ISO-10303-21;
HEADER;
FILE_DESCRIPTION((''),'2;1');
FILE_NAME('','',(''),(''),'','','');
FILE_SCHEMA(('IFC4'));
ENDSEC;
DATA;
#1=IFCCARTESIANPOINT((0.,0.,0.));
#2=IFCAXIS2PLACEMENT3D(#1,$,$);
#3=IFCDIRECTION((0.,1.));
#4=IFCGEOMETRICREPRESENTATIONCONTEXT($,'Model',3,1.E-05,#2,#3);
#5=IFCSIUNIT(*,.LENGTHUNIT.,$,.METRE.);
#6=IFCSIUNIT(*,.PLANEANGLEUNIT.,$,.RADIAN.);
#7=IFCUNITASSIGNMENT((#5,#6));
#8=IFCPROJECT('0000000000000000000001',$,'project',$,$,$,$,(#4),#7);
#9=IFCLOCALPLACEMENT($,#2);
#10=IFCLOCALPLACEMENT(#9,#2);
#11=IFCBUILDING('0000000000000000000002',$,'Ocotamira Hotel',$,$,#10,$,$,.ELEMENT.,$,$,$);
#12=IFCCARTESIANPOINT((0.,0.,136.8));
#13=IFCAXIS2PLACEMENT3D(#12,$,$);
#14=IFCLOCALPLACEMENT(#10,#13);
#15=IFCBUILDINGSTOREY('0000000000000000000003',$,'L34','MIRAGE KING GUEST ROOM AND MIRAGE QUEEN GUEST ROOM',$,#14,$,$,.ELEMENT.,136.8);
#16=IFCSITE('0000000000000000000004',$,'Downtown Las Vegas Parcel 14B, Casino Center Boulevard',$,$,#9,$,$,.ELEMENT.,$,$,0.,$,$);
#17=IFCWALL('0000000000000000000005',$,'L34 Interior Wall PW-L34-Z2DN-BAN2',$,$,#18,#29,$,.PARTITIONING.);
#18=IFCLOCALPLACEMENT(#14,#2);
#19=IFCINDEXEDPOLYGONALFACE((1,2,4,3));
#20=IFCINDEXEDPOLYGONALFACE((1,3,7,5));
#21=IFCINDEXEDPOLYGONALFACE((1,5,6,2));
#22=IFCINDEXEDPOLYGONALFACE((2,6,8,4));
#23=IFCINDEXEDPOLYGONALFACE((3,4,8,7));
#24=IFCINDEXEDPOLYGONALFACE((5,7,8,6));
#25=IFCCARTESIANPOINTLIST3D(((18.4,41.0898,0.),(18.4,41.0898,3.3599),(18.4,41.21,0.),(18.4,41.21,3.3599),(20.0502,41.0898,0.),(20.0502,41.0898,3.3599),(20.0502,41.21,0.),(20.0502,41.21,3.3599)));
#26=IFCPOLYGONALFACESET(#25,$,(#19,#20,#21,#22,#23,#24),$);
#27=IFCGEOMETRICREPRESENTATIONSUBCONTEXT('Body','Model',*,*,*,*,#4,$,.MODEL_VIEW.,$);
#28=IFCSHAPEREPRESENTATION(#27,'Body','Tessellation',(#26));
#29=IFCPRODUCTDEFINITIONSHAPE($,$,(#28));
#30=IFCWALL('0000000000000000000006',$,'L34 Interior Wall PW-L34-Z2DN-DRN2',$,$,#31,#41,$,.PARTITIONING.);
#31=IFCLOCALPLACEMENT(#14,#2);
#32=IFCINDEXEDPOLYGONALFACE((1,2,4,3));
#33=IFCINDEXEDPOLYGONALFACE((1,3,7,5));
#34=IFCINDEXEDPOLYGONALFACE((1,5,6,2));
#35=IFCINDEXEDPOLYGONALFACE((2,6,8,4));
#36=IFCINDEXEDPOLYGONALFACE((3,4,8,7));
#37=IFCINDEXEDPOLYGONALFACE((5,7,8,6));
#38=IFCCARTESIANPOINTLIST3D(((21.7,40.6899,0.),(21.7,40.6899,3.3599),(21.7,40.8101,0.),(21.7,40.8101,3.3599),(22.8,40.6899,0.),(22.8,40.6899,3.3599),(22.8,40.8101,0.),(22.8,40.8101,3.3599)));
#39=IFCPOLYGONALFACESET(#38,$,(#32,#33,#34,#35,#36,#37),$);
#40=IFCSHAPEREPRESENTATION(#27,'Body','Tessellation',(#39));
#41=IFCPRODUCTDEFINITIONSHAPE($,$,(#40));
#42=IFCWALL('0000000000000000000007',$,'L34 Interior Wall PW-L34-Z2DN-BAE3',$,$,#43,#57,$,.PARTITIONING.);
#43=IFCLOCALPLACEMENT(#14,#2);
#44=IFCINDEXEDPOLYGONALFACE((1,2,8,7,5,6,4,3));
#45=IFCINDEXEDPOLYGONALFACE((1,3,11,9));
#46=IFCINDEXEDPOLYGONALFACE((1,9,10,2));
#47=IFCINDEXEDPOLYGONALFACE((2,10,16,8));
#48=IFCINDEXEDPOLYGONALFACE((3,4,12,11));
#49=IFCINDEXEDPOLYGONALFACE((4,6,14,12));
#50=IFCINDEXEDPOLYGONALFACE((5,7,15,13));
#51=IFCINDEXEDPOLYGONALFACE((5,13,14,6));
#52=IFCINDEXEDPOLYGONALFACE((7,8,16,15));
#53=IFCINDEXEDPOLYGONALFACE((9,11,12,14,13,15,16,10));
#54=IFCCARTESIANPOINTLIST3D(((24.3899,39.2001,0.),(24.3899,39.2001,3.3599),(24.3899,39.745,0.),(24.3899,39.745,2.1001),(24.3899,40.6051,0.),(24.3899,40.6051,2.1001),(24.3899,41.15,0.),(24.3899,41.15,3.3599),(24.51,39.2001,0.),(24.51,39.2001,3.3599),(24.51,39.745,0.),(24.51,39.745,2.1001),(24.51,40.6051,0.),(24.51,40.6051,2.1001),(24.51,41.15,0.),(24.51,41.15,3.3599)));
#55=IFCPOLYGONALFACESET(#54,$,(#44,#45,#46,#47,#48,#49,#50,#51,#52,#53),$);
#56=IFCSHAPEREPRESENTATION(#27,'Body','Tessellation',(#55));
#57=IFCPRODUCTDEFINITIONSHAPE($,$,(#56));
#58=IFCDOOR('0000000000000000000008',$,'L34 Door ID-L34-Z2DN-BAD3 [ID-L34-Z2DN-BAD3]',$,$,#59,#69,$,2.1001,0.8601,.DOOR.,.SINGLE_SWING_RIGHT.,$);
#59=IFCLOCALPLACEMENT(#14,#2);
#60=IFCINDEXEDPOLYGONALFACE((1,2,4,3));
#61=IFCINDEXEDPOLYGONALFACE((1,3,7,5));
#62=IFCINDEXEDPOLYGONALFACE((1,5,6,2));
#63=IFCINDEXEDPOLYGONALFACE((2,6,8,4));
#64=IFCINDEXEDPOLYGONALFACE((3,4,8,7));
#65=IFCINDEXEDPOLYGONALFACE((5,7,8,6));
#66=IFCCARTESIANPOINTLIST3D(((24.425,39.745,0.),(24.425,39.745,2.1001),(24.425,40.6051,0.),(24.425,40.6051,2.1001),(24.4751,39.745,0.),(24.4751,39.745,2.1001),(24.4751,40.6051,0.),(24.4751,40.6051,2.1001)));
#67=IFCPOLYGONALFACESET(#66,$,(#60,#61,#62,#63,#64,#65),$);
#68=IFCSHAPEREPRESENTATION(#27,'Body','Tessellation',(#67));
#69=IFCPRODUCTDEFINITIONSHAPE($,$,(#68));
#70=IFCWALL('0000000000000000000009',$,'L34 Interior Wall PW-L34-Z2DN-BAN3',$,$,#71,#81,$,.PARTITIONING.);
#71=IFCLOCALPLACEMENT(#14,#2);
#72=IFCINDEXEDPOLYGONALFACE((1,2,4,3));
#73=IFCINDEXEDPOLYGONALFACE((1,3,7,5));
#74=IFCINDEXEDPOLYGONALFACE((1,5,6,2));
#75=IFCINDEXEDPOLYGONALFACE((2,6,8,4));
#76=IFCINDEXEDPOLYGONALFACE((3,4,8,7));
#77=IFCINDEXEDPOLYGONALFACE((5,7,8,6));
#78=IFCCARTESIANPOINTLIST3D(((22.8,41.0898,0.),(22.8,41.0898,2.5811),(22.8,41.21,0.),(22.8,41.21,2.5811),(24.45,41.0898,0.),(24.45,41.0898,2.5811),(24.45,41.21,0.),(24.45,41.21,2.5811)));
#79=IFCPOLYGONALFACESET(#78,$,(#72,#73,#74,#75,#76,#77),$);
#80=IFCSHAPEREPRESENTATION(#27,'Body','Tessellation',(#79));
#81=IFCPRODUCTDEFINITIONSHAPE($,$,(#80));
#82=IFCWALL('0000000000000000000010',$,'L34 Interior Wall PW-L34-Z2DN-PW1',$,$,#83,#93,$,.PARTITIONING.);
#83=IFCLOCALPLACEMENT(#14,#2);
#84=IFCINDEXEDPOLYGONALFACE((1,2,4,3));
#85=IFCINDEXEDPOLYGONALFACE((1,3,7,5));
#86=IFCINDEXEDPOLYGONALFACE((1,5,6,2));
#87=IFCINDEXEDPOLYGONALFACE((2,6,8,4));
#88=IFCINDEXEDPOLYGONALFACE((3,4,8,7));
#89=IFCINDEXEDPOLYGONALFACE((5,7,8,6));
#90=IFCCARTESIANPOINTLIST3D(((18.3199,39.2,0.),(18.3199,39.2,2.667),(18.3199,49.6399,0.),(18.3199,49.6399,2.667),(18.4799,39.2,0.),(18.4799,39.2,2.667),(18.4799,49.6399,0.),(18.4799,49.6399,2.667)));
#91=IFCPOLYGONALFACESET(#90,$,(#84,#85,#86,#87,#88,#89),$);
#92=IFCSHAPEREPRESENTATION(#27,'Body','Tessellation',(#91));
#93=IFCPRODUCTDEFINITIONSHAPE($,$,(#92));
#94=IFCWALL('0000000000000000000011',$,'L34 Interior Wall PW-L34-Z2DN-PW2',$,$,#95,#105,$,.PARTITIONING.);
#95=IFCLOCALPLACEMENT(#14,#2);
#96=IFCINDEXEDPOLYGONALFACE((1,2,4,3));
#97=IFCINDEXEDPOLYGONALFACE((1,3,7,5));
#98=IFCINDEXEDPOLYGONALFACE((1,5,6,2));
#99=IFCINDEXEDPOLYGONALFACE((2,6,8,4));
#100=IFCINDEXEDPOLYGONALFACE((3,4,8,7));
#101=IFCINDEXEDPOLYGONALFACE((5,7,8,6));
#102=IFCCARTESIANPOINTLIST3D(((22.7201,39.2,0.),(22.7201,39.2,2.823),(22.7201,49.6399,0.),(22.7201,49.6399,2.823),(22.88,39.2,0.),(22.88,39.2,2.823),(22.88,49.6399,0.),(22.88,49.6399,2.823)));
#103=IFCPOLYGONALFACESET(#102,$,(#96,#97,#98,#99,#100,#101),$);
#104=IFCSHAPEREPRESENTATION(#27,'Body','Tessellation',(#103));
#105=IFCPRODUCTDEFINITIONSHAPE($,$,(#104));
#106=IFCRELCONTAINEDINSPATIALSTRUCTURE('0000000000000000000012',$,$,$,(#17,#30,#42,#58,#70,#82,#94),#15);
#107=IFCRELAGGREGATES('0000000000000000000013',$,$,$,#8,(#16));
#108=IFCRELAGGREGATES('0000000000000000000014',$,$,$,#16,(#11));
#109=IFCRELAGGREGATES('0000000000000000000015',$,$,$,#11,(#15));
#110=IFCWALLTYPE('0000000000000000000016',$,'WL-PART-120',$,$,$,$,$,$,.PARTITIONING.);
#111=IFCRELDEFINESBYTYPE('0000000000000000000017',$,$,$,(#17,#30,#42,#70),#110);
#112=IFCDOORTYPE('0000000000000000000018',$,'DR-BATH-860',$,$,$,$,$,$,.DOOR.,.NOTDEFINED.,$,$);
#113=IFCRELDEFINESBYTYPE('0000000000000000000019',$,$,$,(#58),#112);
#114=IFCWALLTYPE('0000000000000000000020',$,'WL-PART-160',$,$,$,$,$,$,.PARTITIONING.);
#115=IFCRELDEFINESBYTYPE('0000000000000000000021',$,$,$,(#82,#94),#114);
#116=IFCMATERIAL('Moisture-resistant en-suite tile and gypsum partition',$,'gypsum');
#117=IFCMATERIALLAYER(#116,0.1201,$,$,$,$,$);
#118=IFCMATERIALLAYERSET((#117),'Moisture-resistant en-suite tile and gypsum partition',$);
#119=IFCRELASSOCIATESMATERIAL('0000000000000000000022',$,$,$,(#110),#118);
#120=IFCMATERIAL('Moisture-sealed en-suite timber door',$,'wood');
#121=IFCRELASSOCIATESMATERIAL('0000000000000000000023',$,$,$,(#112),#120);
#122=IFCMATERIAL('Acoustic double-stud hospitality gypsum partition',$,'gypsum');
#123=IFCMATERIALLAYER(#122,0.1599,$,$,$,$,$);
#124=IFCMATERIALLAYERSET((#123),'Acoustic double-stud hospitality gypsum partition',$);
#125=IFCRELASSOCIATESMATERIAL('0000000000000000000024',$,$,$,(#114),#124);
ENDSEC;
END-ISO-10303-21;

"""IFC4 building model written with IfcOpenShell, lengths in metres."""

from ifc_helpers import new_model, si_unit, direction, frame, frame_2d, origin, place, context, subcontext, project, spatial, rectangle, extrude, source, transform, mapped, material, layer, layer_set, type_object, element, fill, save


model = new_model("IFC4")

# Units and contexts
model_context = context("Model", 3, precision=1e-05, world=origin(), true_north=direction((0.0, 1.0)))
body_context = subcontext(model_context, "Body", "Model", "MODEL_VIEW")
ifc_project = project(units=[si_unit("LENGTHUNIT", "METRE"), si_unit("PLANEANGLEUNIT", "RADIAN")], contexts=[model_context])

# Site, building, storey
site_placement = place(None, origin())
site = spatial("IfcSite", under=ifc_project, at=site_placement, Name="Downtown Las Vegas Parcel 14B, Casino Center Boulevard", CompositionType="ELEMENT", RefElevation=0.0)
building_placement = place(site_placement, origin())
building = spatial("IfcBuilding", under=site, at=building_placement, Name="Ocotamira Hotel", CompositionType="ELEMENT")
storey_placement = place(building_placement, frame((0.0, 0.0, 136.8)))
storey = spatial("IfcBuildingStorey", under=building, at=storey_placement, Name="L34", Description="MIRAGE KING GUEST ROOM AND MIRAGE QUEEN GUEST ROOM", CompositionType="ELEMENT", Elevation=136.8)

# Shared definitions
ifc_material_1 = material(Name="Moisture-resistant en-suite tile and gypsum partition", Category="gypsum")
ifc_layer_1 = layer(ifc_material_1, 0.1201)
ifc_layer_set_1 = layer_set([ifc_layer_1], Name="Moisture-resistant en-suite tile and gypsum partition")
wall_type_1 = type_object("IfcWallType", Name="WL-PART-120", PredefinedType="PARTITIONING", material=ifc_layer_set_1)
ifc_material_2 = material(Name="Moisture-sealed en-suite timber door", Category="wood")
door_type = type_object("IfcDoorType", Name="DR-BATH-860", OperationType="NOTDEFINED", PredefinedType="DOOR", material=ifc_material_2)
shared_shape_1 = source(origin(), body_context, "Body", "SweptSolid", [
    extrude(rectangle(XDim=0.8601, YDim=2.1001, at=frame_2d((0.4302, 1.05))), frame((0.0, 0.0249, 0.0), z_axis=(0.0, -1.0, 0.0), x_axis=(1.0, 0.0, 0.0)), (0.0, 0.0, 1.0), 0.05),
])

# Walls
wall_1_placement = place(storey_placement, frame((18.3999, 41.1499, 0.0), z_axis=(0.0, 0.0, 1.0), x_axis=(1.0, 0.0, 0.0)))
element("IfcWall", 1, at=wall_1_placement, inside=storey, type_object=wall_type_1, Name="L34 Interior Wall PW-L34-Z2DN-BAN2", PredefinedType="PARTITIONING", context=body_context, shape_type="SweptSolid", body=[
    extrude(rectangle(XDim=1.6501, YDim=0.1201, at=frame_2d((0.8252, 0.0))), origin(), (0.0, 0.0, 1.0), 3.3599),
])
wall_2_placement = place(storey_placement, frame((21.7, 40.75, 0.0), z_axis=(0.0, 0.0, 1.0), x_axis=(1.0, 0.0, 0.0)))
element("IfcWall", 2, at=wall_2_placement, inside=storey, type_object=wall_type_1, Name="L34 Interior Wall PW-L34-Z2DN-DRN2", PredefinedType="PARTITIONING", context=body_context, shape_type="SweptSolid", body=[
    extrude(rectangle(XDim=1.1001, YDim=0.1201, at=frame_2d((0.55, 0.0))), origin(), (0.0, 0.0, 1.0), 3.3599),
])

# Wall, opening, door
wall_3_placement = place(storey_placement, frame((24.45, 39.2, 0.0), z_axis=(0.0, 0.0, 1.0), x_axis=(0.0, 1.0, 0.0)))
wall_3 = element("IfcWall", 3, at=wall_3_placement, inside=storey, type_object=wall_type_1, Name="L34 Interior Wall PW-L34-Z2DN-BAE3", PredefinedType="PARTITIONING", context=body_context, shape_type="SweptSolid", body=[
    extrude(rectangle(XDim=1.95, YDim=0.1201, at=frame_2d((0.9751, 0.0))), origin(), (0.0, 0.0, 1.0), 3.3599),
])
opening_1_placement = place(wall_3_placement, frame((0.5449, 0.0, 0.0)))
opening_1 = element("IfcOpeningElement", 4, at=opening_1_placement, cuts=wall_3, PredefinedType="OPENING", context=body_context, shape_type="SweptSolid", body=[
    extrude(rectangle(XDim=0.8601, YDim=2.1001, at=frame_2d((0.4302, 1.05))), frame((0.0, 0.0701, 0.0), z_axis=(0.0, -1.0, 0.0), x_axis=(1.0, 0.0, 0.0)), (0.0, 0.0, 1.0), 0.1401),
])
door_1_placement = place(opening_1_placement, origin())
door_1 = element("IfcDoor", 5, at=door_1_placement, inside=storey, type_object=door_type, Name="L34 Door ID-L34-Z2DN-BAD3 [ID-L34-Z2DN-BAD3]", OperationType="SINGLE_SWING_RIGHT", OverallHeight=2.1001, OverallWidth=0.8601, PredefinedType="DOOR", context=body_context, shape_type="MappedRepresentation", body=[
    mapped(shared_shape_1, transform((0.0, 0.0, 0.0), scale=1.0)),
])
fill(opening_1, door_1)

# Walls
wall_4_placement = place(storey_placement, frame((22.8, 41.1499, 0.0), z_axis=(0.0, 0.0, 1.0), x_axis=(1.0, 0.0, 0.0)))
element("IfcWall", 6, at=wall_4_placement, inside=storey, type_object=wall_type_1, Name="L34 Interior Wall PW-L34-Z2DN-BAN3", PredefinedType="PARTITIONING", context=body_context, shape_type="SweptSolid", body=[
    extrude(rectangle(XDim=1.6499, YDim=0.1201, at=frame_2d((0.825, 0.0))), origin(), (0.0, 0.0, 1.0), 2.5811),
])
ifc_material_3 = material(Name="Acoustic double-stud hospitality gypsum partition", Category="gypsum")
ifc_layer_2 = layer(ifc_material_3, 0.1599)
ifc_layer_set_2 = layer_set([ifc_layer_2], Name="Acoustic double-stud hospitality gypsum partition")
wall_type_2 = type_object("IfcWallType", Name="WL-PART-160", PredefinedType="PARTITIONING", material=ifc_layer_set_2)
wall_5_placement = place(storey_placement, frame((18.3999, 39.2, 0.0), z_axis=(0.0, 0.0, 1.0), x_axis=(0.0, 1.0, 0.0)))
element("IfcWall", 7, at=wall_5_placement, inside=storey, type_object=wall_type_2, Name="L34 Interior Wall PW-L34-Z2DN-PW1", PredefinedType="PARTITIONING", context=body_context, shape_type="SweptSolid", body=[
    extrude(rectangle(XDim=10.4399, YDim=0.1599, at=frame_2d((5.22, 0.0))), origin(), (0.0, 0.0, 1.0), 2.667),
])
wall_6_placement = place(storey_placement, frame((22.8, 39.2, 0.0), z_axis=(0.0, 0.0, 1.0), x_axis=(0.0, 1.0, 0.0)))
element("IfcWall", 8, at=wall_6_placement, inside=storey, type_object=wall_type_2, Name="L34 Interior Wall PW-L34-Z2DN-PW2", PredefinedType="PARTITIONING", context=body_context, shape_type="SweptSolid", body=[
    extrude(rectangle(XDim=10.4399, YDim=0.1599, at=frame_2d((5.22, 0.0))), origin(), (0.0, 0.0, 1.0), 2.823),
])

save(model, "model.ifc")
